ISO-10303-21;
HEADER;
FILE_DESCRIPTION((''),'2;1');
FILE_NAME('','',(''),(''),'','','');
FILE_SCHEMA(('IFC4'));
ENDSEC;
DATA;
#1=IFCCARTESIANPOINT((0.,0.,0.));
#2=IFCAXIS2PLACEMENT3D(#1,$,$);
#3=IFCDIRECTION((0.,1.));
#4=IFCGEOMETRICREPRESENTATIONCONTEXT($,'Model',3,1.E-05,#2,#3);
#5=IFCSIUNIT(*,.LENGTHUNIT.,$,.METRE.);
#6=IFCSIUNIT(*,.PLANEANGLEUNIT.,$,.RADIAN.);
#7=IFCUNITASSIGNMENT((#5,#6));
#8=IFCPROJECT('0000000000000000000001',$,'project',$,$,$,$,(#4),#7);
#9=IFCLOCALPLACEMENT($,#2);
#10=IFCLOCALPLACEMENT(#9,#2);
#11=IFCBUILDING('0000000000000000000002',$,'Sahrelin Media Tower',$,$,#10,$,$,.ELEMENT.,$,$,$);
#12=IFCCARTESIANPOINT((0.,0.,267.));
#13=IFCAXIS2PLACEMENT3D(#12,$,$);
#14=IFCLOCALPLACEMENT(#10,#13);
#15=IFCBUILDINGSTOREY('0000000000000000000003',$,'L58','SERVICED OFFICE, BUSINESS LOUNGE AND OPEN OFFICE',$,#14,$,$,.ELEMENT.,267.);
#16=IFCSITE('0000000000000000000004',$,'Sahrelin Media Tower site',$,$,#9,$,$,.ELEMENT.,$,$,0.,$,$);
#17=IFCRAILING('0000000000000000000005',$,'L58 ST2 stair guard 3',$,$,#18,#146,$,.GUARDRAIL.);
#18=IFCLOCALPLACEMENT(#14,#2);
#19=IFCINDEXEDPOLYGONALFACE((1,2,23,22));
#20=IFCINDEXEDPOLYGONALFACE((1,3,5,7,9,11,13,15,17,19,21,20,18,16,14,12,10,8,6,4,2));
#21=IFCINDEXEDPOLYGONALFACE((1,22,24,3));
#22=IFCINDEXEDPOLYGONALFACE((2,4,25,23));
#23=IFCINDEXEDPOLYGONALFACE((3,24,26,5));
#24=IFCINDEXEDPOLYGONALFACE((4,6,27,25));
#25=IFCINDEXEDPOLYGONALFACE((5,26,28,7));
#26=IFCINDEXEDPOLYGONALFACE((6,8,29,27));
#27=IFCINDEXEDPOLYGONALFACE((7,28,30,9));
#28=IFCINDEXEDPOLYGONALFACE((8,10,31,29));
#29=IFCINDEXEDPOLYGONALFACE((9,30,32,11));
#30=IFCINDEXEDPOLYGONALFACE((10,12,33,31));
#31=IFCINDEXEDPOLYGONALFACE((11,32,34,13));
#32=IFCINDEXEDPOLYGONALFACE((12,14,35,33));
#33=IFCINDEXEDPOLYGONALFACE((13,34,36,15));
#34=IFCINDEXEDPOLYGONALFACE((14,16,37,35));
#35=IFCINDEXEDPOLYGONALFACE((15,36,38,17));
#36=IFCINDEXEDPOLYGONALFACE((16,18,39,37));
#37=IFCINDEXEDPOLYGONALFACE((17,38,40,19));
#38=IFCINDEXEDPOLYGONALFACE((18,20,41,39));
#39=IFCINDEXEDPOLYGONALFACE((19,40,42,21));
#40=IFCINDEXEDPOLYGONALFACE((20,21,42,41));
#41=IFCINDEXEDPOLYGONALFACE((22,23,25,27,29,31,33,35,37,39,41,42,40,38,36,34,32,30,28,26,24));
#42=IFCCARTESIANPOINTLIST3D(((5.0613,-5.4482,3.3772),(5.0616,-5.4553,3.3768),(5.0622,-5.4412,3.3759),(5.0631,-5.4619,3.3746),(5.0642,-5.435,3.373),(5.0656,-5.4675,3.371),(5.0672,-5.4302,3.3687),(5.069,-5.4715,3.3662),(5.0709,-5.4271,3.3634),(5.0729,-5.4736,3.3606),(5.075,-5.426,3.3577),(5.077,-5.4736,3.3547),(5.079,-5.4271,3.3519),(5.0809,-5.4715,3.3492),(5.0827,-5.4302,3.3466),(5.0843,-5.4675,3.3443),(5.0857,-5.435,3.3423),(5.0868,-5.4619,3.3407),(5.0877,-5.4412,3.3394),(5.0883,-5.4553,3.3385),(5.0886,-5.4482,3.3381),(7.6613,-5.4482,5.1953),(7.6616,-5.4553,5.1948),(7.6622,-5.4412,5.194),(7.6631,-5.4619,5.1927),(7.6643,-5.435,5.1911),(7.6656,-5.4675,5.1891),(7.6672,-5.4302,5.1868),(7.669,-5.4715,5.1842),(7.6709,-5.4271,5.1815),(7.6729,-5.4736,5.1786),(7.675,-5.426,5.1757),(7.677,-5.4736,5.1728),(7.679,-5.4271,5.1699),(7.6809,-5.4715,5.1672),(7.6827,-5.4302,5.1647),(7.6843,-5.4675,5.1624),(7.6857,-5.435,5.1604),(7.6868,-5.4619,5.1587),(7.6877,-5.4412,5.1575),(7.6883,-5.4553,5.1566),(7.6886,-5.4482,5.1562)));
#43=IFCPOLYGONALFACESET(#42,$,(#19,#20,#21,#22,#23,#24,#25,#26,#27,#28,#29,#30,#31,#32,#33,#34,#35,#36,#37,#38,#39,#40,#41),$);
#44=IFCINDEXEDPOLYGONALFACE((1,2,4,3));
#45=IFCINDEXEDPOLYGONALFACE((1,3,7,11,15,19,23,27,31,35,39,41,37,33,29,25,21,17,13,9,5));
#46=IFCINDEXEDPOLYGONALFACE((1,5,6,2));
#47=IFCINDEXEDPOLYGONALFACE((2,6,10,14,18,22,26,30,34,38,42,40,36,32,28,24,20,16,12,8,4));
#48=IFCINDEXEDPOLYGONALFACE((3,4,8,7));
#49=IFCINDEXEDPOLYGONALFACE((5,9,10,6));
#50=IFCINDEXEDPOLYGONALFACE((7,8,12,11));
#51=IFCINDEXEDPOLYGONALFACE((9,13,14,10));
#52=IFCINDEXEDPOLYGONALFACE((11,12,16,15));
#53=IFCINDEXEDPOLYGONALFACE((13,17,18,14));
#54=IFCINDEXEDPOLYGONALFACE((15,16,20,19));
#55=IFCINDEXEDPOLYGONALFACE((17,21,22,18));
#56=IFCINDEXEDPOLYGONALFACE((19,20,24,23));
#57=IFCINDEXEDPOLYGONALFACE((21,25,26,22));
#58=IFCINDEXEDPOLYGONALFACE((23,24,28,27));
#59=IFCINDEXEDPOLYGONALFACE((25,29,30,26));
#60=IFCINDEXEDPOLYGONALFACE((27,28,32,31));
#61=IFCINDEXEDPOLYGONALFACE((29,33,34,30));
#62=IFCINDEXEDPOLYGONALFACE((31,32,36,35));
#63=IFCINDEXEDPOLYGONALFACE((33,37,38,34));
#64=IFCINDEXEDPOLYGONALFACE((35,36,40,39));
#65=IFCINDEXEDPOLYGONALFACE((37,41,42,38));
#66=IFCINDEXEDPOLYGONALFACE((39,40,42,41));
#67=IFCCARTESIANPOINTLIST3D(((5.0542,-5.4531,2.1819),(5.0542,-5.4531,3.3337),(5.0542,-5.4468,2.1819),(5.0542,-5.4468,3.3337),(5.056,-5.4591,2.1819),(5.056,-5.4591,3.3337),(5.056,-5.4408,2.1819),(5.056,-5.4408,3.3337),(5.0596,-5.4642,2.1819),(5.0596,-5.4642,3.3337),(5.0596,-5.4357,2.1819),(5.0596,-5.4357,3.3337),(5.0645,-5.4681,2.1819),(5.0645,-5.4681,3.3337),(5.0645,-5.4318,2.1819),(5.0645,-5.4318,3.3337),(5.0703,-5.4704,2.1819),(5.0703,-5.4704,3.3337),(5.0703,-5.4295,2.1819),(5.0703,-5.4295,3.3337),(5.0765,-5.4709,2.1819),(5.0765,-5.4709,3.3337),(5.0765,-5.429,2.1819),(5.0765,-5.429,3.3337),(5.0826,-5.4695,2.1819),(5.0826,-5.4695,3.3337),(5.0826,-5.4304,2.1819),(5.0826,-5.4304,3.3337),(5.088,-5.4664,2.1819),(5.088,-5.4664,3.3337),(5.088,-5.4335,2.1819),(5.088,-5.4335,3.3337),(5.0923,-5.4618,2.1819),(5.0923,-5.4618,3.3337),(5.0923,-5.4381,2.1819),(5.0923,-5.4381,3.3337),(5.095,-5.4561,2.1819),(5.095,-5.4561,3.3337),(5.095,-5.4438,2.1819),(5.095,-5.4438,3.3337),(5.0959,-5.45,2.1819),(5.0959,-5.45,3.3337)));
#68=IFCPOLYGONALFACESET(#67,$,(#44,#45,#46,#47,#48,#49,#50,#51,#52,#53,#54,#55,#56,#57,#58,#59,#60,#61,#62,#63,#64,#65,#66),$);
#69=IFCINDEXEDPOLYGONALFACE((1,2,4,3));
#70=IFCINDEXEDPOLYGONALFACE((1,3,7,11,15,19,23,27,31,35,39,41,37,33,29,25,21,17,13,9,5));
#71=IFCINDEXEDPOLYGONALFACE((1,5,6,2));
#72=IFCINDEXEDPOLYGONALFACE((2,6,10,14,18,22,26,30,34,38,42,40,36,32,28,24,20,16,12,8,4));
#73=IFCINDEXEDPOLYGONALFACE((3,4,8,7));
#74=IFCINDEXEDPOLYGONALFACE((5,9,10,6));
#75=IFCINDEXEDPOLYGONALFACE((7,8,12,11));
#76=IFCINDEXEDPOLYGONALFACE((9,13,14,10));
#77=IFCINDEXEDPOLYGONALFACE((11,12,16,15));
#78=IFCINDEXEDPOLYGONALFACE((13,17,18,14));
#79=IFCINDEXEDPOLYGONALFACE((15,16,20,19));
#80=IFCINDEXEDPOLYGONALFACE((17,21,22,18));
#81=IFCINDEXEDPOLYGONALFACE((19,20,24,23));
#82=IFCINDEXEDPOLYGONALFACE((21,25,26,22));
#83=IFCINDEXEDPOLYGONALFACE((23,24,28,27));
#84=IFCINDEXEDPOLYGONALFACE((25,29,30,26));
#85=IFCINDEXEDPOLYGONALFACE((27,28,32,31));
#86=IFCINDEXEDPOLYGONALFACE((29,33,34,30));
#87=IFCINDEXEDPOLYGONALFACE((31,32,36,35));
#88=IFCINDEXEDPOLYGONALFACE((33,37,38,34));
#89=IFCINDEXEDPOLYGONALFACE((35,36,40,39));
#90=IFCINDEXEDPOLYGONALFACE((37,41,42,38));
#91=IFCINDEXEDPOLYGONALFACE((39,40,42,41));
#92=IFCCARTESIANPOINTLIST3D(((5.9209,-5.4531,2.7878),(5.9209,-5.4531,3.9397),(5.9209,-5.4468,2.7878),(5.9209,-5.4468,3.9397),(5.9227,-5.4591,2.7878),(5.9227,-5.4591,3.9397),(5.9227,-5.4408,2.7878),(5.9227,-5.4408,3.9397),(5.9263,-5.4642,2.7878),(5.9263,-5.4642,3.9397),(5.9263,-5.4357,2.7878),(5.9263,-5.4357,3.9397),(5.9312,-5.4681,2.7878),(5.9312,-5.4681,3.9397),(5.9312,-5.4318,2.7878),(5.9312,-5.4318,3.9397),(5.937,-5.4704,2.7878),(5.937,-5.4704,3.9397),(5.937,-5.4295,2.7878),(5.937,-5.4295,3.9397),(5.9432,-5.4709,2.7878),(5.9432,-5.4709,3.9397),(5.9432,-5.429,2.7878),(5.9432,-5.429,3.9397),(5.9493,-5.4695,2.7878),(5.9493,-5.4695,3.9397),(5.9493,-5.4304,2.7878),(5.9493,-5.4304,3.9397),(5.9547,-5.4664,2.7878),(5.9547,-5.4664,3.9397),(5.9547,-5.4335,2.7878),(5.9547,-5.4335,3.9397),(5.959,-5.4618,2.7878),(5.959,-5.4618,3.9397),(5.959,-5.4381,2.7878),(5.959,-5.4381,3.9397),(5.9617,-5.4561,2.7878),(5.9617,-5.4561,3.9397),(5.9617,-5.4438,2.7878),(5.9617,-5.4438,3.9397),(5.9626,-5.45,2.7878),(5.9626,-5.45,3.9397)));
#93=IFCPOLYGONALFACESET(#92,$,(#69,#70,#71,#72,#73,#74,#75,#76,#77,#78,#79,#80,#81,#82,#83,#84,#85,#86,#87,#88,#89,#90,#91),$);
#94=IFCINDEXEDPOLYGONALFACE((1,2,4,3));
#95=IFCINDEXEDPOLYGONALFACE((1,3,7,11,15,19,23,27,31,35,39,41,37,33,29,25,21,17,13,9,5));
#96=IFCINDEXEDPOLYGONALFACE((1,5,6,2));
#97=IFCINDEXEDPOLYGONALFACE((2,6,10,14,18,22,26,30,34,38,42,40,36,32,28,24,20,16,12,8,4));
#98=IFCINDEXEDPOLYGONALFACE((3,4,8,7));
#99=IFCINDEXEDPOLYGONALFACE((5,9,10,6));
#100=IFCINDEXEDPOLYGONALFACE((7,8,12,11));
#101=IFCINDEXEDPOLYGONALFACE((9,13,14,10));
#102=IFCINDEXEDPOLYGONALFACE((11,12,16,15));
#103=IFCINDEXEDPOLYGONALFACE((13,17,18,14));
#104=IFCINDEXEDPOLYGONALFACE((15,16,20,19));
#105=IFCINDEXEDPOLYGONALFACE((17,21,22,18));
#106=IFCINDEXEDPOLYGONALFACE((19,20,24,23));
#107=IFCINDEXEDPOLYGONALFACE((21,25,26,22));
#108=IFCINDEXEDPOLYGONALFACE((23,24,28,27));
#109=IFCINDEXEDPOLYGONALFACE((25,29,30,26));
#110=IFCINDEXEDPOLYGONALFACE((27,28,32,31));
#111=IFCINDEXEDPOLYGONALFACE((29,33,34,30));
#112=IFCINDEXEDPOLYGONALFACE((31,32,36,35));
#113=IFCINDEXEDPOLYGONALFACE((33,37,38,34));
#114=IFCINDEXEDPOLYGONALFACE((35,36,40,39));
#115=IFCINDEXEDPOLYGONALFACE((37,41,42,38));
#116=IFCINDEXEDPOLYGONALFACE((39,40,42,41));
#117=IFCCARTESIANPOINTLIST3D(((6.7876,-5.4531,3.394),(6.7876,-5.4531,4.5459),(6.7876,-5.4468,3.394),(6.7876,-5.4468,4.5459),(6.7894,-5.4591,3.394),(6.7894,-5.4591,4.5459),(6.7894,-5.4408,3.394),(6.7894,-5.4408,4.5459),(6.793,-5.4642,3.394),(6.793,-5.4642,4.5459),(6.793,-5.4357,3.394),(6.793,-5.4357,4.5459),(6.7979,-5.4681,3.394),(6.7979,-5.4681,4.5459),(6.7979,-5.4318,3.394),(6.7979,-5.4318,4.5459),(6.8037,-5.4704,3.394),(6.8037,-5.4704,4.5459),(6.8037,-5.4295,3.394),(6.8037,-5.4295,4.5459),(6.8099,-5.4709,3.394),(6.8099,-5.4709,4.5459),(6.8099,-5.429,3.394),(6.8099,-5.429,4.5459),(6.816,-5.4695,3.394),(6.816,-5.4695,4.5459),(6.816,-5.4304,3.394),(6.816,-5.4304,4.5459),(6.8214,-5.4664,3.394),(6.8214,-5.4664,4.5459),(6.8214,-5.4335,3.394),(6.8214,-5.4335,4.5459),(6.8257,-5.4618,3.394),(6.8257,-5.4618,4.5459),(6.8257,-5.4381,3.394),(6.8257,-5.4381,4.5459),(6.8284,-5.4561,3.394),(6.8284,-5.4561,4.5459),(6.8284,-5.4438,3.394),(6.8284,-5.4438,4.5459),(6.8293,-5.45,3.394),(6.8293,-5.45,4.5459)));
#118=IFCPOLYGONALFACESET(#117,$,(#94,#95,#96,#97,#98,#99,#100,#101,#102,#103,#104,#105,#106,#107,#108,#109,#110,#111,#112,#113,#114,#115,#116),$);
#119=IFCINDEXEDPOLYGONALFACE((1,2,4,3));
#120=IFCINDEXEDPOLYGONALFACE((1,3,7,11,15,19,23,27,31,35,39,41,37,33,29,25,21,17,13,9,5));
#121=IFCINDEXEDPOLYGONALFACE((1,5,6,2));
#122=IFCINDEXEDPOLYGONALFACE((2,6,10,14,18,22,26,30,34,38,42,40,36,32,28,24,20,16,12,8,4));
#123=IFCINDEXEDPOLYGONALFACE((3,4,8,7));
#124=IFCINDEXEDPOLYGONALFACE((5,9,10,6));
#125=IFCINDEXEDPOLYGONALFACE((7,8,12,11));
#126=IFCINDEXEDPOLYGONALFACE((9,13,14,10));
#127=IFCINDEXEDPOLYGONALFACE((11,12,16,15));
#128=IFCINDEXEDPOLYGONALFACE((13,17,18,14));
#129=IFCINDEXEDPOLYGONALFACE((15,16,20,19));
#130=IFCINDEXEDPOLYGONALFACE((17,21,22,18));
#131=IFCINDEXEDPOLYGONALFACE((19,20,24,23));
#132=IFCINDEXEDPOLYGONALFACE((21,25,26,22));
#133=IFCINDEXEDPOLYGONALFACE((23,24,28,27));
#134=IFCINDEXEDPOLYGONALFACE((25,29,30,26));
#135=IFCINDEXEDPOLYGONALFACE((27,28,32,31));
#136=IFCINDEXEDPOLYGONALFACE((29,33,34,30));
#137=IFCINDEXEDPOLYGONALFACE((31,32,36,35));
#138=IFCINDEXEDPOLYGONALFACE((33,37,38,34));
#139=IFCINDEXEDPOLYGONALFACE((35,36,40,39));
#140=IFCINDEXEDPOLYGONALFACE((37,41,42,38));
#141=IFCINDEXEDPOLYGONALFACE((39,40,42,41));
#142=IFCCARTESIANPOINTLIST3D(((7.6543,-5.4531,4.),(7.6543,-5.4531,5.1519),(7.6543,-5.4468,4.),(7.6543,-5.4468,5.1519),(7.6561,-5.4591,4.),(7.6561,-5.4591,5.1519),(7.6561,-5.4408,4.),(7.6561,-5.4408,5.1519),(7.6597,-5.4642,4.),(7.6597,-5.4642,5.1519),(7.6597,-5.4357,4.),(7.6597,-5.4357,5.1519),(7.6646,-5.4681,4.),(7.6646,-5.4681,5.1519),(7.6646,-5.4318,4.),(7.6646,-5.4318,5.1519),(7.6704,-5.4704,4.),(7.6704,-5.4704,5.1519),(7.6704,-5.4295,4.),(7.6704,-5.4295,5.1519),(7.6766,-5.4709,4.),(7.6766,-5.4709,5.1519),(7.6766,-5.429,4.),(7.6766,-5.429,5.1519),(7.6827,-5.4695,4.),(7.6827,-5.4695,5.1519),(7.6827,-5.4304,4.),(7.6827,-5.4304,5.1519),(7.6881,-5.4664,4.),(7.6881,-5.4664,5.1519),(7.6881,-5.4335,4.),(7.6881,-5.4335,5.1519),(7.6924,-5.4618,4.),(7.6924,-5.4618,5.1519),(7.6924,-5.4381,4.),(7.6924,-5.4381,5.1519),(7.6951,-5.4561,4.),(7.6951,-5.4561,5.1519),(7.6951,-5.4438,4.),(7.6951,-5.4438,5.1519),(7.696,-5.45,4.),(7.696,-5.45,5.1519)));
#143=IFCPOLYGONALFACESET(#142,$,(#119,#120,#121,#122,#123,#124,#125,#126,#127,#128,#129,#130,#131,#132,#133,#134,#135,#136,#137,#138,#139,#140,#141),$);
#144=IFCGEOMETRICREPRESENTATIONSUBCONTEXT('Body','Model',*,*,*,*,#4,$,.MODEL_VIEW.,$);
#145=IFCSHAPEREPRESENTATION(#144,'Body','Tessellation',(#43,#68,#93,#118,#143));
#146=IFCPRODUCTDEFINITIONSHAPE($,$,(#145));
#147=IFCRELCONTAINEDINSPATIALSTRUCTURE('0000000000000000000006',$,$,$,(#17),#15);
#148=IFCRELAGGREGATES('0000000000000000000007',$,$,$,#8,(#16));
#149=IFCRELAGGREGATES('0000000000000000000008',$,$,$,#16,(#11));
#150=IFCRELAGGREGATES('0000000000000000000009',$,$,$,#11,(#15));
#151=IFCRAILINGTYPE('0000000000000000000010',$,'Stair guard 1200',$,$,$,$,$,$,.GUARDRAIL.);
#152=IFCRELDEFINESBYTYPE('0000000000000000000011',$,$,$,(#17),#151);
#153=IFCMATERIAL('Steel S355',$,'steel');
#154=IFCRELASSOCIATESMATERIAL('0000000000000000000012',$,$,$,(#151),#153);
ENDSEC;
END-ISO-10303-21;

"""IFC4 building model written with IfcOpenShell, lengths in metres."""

from ifc_helpers import new_model, si_unit, direction, frame, origin, origin_2d, place, context, subcontext, project, spatial, circle, extrude, material, type_object, element, save


model = new_model("IFC4")

# Units and contexts
model_context = context("Model", 3, precision=1e-05, world=origin(), true_north=direction((0.0, 1.0)))
body_context = subcontext(model_context, "Body", "Model", "MODEL_VIEW")
ifc_project = project(units=[si_unit("LENGTHUNIT", "METRE"), si_unit("PLANEANGLEUNIT", "RADIAN")], contexts=[model_context])

# Site, building, storey
site_placement = place(None, origin())
site = spatial("IfcSite", under=ifc_project, at=site_placement, Name="Sahrelin Media Tower site", CompositionType="ELEMENT", RefElevation=0.0)
building_placement = place(site_placement, origin())
building = spatial("IfcBuilding", under=site, at=building_placement, Name="Sahrelin Media Tower", CompositionType="ELEMENT")
storey_placement = place(building_placement, frame((0.0, 0.0, 267.0)))
storey = spatial("IfcBuildingStorey", under=building, at=storey_placement, Name="L58", Description="SERVICED OFFICE, BUSINESS LOUNGE AND OPEN OFFICE", CompositionType="ELEMENT", Elevation=267.0)

# Shared definitions
ifc_material_1 = material(Name="Steel S355", Category="steel")

# Railing
railing_type_1 = type_object("IfcRailingType", Name="Stair guard 1200", PredefinedType="GUARDRAIL", material=ifc_material_1)
railing_1_placement = place(storey_placement, frame((5.075, -5.45, 2.1819)))
element("IfcRailing", 1, at=railing_1_placement, inside=storey, type_object=railing_type_1, Name="L58 ST2 stair guard 3", PredefinedType="GUARDRAIL", context=body_context, shape_type="SweptSolid", body=[
    extrude(circle(Radius=0.0239, at=origin_2d()), frame((0.0, 0.0, 1.1758), z_axis=(0.819521, 0.0, 0.573049), x_axis=(0.0, 1.0, 0.0)), (0.0, 0.0, 1.0), 3.1726),
    extrude(circle(Radius=0.021, at=origin_2d()), origin(), (0.0, 0.0, 1.0), 1.1519),
    extrude(circle(Radius=0.021, at=origin_2d()), frame((0.8667, 0.0, 0.606)), (0.0, 0.0, 1.0), 1.1519),
    extrude(circle(Radius=0.021, at=origin_2d()), frame((1.7334, 0.0, 1.2122)), (0.0, 0.0, 1.0), 1.1519),
    extrude(circle(Radius=0.021, at=origin_2d()), frame((2.6001, 0.0, 1.8181)), (0.0, 0.0, 1.0), 1.1519),
])

save(model, "model.ifc")
